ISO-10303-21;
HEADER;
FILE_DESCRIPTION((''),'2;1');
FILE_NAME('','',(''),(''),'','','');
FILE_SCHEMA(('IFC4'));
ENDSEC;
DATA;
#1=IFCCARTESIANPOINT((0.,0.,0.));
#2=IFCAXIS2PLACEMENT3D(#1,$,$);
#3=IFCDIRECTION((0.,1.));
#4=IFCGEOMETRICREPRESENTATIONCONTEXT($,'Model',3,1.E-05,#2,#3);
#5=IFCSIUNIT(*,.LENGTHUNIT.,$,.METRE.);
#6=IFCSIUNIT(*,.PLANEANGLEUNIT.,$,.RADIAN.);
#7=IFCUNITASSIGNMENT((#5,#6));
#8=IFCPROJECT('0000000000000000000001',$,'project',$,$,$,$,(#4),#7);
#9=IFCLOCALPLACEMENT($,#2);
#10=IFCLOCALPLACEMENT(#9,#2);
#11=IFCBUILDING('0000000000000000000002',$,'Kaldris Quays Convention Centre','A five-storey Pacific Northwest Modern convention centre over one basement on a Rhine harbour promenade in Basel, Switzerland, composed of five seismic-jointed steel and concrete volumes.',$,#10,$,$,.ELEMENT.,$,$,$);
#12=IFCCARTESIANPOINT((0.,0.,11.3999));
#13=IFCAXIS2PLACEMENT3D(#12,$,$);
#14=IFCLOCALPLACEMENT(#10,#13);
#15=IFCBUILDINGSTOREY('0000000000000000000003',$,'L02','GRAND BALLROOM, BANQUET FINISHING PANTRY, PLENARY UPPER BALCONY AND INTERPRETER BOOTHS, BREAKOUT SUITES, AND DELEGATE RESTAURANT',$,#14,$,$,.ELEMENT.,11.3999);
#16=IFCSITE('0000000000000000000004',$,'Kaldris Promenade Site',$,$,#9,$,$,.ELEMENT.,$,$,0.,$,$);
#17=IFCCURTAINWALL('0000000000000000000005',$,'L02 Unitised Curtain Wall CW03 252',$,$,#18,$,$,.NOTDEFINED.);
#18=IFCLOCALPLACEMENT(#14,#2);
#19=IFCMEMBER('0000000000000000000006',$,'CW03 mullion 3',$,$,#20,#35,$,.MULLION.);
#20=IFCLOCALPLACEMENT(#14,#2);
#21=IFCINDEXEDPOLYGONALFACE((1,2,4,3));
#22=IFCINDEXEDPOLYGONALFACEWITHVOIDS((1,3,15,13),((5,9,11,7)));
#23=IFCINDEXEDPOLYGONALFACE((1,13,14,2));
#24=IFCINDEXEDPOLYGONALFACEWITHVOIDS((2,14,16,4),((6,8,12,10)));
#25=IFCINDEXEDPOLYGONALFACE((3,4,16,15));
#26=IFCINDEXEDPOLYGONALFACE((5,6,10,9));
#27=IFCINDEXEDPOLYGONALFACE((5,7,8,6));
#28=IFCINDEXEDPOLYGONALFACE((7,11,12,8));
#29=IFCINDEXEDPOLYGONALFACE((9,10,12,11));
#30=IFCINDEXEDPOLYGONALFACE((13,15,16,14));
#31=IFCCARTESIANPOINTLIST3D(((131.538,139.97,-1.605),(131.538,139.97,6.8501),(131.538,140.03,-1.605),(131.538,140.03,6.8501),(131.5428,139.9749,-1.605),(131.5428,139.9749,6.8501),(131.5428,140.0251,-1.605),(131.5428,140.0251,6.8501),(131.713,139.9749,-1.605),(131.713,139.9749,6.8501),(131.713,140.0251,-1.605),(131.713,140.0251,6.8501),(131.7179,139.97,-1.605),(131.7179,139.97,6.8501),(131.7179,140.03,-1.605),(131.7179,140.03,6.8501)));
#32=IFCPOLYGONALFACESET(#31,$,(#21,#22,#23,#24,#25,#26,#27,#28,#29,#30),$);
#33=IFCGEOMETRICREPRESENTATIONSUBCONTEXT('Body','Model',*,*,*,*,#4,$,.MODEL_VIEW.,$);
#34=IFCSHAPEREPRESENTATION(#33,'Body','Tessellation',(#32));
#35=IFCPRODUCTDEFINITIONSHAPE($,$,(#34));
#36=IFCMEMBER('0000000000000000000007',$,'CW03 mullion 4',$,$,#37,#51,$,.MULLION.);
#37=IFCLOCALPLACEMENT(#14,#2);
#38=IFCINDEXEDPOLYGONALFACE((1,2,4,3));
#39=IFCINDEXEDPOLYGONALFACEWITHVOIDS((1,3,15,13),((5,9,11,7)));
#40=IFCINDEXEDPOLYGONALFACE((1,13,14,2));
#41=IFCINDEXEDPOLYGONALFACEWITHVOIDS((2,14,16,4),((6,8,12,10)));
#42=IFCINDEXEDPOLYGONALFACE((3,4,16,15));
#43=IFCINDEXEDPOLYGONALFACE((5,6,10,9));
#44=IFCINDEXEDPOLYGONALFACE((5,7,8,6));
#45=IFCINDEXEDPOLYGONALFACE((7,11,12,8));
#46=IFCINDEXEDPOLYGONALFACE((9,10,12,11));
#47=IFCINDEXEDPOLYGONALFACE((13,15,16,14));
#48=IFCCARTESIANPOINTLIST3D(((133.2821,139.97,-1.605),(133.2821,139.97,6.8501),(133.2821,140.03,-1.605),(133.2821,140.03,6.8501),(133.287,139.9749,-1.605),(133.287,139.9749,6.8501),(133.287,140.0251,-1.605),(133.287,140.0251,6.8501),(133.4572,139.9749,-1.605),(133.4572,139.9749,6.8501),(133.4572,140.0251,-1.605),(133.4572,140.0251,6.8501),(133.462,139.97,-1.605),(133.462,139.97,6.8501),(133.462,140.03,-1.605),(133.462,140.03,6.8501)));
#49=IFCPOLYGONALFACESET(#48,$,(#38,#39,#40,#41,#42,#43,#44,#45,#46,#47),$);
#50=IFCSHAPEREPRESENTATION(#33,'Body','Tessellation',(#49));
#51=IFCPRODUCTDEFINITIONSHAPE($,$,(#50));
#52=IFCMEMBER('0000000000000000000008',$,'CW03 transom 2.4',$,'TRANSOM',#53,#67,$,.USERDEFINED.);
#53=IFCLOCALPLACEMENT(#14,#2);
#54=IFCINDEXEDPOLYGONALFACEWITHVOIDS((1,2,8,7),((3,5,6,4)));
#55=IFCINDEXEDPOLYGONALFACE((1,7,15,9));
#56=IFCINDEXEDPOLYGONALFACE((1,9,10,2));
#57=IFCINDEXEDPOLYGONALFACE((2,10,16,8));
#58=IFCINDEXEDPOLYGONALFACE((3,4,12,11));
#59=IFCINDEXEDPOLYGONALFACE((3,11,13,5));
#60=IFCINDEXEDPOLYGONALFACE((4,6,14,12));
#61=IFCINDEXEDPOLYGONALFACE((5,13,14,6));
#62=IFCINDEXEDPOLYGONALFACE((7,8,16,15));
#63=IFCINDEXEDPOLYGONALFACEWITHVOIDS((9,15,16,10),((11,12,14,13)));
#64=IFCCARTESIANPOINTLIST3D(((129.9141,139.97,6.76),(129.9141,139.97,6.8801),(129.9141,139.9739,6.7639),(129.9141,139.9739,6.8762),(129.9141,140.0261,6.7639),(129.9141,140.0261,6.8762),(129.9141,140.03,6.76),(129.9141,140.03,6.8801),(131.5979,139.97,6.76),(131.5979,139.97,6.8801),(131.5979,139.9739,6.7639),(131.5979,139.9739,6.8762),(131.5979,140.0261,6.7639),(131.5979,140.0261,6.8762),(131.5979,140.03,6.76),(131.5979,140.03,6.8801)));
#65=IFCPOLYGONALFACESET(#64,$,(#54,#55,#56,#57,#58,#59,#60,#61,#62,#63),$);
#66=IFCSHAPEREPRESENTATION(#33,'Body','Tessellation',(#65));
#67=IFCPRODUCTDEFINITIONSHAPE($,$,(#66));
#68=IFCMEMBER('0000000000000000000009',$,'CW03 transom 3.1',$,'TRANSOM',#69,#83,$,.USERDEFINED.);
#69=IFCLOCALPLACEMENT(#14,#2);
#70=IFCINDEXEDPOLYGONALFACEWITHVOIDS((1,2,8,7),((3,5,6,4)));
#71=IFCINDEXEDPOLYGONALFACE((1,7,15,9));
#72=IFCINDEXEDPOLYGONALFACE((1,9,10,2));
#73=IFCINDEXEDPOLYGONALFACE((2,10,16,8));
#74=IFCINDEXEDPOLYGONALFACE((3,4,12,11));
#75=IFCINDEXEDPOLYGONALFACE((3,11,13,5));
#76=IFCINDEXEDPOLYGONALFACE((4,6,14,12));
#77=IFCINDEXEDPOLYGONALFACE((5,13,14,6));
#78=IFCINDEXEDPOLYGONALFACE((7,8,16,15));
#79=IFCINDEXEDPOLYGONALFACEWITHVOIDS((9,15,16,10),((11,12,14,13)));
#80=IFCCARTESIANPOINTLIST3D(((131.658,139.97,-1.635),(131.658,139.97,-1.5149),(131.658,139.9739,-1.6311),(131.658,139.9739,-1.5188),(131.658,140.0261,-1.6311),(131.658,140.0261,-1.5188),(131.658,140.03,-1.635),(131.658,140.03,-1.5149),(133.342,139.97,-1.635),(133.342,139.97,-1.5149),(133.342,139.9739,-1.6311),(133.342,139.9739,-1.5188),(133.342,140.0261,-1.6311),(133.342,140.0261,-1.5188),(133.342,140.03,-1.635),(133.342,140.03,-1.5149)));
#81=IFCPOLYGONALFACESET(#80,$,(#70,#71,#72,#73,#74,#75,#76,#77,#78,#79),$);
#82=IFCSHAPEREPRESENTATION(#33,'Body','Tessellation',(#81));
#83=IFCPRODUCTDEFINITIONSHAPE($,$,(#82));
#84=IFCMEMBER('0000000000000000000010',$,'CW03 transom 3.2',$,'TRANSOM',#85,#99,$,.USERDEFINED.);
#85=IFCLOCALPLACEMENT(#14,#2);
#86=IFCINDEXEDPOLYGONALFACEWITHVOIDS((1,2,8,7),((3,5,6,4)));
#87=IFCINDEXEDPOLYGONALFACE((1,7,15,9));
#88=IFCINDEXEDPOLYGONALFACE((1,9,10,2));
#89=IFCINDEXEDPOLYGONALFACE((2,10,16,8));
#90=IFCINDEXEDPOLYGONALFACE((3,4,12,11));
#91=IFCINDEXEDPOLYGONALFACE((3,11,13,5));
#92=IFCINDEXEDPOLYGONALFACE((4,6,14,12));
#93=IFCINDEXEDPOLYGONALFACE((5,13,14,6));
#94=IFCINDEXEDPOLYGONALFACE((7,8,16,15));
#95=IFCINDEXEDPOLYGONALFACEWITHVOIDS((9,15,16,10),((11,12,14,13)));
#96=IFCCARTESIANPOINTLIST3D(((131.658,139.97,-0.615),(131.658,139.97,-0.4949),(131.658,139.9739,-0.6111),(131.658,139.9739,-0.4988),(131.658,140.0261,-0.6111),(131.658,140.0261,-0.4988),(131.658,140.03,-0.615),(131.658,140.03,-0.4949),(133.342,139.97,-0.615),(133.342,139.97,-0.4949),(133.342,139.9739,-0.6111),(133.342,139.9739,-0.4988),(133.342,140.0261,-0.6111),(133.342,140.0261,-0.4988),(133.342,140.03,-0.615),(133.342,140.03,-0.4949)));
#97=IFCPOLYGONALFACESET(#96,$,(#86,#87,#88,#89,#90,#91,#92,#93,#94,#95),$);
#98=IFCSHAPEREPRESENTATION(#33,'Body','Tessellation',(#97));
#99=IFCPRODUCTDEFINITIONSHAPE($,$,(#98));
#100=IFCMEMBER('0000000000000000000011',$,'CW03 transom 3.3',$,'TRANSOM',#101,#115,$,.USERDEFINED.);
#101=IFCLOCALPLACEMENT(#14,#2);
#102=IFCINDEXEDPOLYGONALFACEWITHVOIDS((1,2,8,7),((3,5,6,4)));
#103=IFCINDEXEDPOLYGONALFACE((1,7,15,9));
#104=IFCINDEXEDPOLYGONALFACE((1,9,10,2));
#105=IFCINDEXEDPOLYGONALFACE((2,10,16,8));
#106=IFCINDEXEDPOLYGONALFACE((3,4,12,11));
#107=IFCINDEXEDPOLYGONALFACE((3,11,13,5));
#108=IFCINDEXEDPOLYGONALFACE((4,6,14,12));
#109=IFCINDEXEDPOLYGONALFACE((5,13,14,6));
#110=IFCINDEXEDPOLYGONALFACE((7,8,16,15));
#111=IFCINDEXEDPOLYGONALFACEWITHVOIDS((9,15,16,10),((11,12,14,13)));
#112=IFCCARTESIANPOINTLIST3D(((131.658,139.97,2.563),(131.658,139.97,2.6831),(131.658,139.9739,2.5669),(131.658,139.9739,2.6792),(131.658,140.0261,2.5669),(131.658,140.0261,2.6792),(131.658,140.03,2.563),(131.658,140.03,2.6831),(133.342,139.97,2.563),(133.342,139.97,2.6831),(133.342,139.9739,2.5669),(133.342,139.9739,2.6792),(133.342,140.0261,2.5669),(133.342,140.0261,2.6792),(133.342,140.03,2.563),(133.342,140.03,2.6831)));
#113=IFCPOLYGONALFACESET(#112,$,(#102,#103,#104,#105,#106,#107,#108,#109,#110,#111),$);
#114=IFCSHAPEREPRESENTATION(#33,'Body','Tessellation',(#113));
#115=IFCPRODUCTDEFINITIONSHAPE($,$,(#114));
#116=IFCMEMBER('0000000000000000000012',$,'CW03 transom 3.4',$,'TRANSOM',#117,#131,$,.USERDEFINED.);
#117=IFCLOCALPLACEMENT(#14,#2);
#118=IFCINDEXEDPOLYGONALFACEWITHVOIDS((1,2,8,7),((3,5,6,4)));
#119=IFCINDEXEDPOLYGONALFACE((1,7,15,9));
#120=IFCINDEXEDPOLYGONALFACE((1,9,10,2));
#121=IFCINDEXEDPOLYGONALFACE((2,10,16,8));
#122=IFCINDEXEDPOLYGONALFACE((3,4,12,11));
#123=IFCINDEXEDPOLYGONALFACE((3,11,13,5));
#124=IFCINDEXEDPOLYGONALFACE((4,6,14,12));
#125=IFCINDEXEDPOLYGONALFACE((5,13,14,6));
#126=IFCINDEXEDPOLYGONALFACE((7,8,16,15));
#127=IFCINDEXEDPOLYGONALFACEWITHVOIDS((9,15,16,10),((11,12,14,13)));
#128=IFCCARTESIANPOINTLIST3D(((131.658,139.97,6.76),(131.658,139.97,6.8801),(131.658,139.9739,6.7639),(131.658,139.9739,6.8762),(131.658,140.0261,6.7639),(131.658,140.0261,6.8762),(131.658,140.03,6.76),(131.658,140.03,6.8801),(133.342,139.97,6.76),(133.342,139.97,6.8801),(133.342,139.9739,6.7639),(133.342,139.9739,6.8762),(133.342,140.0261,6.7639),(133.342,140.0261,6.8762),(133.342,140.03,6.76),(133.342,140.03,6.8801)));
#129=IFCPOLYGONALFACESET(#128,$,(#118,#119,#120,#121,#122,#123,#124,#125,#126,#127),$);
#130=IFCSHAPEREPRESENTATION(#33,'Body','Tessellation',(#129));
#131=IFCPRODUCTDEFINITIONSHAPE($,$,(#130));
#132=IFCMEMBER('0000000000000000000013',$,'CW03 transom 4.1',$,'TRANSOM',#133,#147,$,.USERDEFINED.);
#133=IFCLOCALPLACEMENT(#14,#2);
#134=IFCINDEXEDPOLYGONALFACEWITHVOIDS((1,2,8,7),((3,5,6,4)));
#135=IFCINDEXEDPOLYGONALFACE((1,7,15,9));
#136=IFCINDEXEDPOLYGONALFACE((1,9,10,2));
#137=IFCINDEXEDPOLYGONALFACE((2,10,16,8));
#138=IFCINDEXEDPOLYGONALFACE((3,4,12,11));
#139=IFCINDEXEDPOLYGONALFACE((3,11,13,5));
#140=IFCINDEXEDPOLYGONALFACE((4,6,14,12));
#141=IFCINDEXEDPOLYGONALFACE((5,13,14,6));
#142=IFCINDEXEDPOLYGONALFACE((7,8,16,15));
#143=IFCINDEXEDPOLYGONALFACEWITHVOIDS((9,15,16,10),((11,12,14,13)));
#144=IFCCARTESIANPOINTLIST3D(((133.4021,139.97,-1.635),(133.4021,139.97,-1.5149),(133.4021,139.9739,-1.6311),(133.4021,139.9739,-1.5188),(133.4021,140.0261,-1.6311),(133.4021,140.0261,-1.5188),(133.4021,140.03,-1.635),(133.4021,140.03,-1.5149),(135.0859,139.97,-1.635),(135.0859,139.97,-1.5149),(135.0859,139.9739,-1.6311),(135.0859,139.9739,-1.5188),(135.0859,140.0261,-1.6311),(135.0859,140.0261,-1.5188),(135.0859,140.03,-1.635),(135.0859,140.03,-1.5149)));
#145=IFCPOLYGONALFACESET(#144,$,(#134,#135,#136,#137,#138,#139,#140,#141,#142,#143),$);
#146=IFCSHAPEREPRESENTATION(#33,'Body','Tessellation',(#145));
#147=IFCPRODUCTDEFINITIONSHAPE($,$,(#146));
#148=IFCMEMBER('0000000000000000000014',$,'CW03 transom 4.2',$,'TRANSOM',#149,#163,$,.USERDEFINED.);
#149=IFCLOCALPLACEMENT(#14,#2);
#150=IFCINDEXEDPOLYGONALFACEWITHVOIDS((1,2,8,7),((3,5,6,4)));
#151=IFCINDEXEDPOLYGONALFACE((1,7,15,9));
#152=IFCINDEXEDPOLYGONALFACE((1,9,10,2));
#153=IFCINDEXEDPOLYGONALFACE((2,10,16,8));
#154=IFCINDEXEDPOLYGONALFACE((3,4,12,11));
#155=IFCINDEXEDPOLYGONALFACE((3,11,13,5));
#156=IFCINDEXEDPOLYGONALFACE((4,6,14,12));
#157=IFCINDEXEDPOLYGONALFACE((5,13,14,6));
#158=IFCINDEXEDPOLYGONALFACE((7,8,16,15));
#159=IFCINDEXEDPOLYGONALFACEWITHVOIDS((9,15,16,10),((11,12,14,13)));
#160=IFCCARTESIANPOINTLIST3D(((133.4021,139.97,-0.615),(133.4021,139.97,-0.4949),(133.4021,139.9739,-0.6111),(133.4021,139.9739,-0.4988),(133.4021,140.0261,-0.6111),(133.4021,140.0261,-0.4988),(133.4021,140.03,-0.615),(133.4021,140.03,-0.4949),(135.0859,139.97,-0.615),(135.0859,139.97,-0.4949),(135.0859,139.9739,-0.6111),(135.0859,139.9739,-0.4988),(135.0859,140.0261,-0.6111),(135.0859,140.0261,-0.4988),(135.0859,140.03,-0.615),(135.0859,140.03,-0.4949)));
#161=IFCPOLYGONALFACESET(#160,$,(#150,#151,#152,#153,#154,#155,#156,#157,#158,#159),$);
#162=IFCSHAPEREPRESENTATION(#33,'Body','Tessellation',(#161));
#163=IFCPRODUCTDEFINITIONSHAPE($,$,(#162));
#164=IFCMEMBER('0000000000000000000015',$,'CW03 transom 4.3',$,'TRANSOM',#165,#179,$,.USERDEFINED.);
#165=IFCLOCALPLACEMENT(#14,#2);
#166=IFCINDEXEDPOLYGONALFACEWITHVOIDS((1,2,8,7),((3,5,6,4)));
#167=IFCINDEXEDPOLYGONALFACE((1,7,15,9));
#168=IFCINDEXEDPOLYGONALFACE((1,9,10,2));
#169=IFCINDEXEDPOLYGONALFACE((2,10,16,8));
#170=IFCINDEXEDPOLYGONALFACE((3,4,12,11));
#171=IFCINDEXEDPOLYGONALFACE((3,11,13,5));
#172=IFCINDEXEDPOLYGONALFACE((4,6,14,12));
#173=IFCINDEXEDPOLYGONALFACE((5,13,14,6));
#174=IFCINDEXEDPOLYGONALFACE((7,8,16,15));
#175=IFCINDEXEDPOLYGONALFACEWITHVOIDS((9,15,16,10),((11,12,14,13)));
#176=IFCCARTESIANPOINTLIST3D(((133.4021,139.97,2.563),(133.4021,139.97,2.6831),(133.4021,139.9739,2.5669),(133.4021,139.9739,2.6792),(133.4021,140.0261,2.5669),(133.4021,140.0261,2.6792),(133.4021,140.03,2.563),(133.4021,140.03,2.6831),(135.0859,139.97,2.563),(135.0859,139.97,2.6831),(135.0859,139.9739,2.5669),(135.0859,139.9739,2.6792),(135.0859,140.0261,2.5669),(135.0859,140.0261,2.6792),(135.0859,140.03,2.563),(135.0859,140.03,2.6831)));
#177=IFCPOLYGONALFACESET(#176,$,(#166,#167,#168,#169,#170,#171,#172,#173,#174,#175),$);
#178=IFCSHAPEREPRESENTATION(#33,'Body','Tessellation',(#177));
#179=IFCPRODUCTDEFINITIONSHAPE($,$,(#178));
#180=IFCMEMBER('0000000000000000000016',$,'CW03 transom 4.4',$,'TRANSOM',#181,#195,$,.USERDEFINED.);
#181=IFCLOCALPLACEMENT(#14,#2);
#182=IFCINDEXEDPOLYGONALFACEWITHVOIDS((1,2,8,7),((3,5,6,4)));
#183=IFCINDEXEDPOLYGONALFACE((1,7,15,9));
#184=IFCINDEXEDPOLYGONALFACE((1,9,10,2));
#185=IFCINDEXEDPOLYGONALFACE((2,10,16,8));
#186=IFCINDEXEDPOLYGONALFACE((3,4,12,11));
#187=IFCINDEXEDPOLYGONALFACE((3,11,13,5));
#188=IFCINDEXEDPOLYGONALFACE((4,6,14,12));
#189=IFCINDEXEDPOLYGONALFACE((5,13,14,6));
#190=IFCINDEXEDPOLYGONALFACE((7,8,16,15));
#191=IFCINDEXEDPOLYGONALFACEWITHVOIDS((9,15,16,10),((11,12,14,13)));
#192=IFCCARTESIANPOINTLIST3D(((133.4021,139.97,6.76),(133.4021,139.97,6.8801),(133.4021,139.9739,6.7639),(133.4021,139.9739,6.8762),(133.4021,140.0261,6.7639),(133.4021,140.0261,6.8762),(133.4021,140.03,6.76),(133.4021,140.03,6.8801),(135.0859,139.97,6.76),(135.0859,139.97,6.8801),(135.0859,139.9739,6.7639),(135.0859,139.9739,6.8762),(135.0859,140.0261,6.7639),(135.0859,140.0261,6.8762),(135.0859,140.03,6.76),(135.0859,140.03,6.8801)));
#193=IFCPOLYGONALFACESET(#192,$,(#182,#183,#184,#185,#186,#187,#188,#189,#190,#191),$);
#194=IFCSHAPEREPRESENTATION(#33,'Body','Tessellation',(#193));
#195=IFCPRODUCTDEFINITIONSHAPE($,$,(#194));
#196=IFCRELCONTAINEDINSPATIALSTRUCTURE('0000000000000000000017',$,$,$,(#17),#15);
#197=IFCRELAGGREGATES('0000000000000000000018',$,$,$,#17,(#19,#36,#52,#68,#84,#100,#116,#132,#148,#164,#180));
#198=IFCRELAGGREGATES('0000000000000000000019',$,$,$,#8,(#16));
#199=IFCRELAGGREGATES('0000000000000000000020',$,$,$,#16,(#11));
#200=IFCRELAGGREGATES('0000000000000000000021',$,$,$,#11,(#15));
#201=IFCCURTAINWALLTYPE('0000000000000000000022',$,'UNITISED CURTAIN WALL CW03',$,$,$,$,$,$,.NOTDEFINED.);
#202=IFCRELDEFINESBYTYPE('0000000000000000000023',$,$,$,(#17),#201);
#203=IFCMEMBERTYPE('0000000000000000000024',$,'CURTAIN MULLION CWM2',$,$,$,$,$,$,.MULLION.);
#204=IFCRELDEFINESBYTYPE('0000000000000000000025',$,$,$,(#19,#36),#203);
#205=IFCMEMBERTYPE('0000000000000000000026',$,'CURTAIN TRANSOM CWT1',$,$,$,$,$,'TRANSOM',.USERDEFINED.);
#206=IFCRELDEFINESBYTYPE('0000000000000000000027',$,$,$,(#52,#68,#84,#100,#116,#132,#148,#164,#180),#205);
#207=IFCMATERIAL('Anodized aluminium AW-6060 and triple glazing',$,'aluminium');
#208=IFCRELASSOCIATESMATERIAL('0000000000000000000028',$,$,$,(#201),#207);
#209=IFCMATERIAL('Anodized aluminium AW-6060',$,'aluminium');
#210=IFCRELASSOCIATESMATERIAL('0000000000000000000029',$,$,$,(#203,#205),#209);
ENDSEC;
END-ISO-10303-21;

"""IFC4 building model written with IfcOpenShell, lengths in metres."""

from ifc_helpers import new_model, si_unit, direction, frame, origin, origin_2d, place, context, subcontext, project, spatial, hollow_rectangle, extrude, material, material_profile, profile_set, type_object, element, aggregate, save


model = new_model("IFC4")

# Units and contexts
model_context = context("Model", 3, precision=1e-05, world=origin(), true_north=direction((0.0, 1.0)))
body_context = subcontext(model_context, "Body", "Model", "MODEL_VIEW")
ifc_project = project(units=[si_unit("LENGTHUNIT", "METRE"), si_unit("PLANEANGLEUNIT", "RADIAN")], contexts=[model_context])

# Site, building, storey
site_placement = place(None, origin())
site = spatial("IfcSite", under=ifc_project, at=site_placement, Name="Kaldris Promenade Site", CompositionType="ELEMENT", RefElevation=0.0)
building_placement = place(site_placement, origin())
building = spatial("IfcBuilding", under=site, at=building_placement, Name="Kaldris Quays Convention Centre", Description="A five-storey Pacific Northwest Modern convention centre over one basement on a Rhine harbour promenade in Basel, Switzerland, composed of five seismic-jointed steel and concrete volumes.", CompositionType="ELEMENT")
storey_placement = place(building_placement, frame((0.0, 0.0, 11.3999)))
storey = spatial("IfcBuildingStorey", under=building, at=storey_placement, Name="L02", Description="GRAND BALLROOM, BANQUET FINISHING PANTRY, PLENARY UPPER BALCONY AND INTERPRETER BOOTHS, BREAKOUT SUITES, AND DELEGATE RESTAURANT", CompositionType="ELEMENT", Elevation=11.3999)

# Curtain wall, members
ifc_material_1 = material(Name="Anodized aluminium AW-6060 and triple glazing", Category="aluminium")
curtain_wall_type = type_object("IfcCurtainWallType", Name="UNITISED CURTAIN WALL CW03", PredefinedType="NOTDEFINED", material=ifc_material_1)
curtain_wall_placement = place(storey_placement, origin())
curtain_wall = element("IfcCurtainWall", 1, at=curtain_wall_placement, inside=storey, type_object=curtain_wall_type, Name="L02 Unitised Curtain Wall CW03 252", PredefinedType="NOTDEFINED")
ifc_material_2 = material(Name="Anodized aluminium AW-6060", Category="aluminium")
ifc_material_profile_1 = material_profile(ifc_material_2, hollow_rectangle(XDim=0.0601, YDim=0.1799, WallThickness=0.0049, at=origin_2d()), Name="RHS 180x60x5")
ifc_profile_set_1 = profile_set([ifc_material_profile_1], Name="Anodized aluminium AW-6060")
member_type_1 = type_object("IfcMemberType", Name="CURTAIN MULLION CWM2", PredefinedType="MULLION", material=ifc_profile_set_1)
member_1_placement = place(storey_placement, frame((131.6279, 140.0, -1.605), z_axis=(0.0, 0.0, 1.0), x_axis=(0.0, 1.0, 0.0)))
member_1 = element("IfcMember", 2, at=member_1_placement, type_object=member_type_1, Name="CW03 mullion 3", PredefinedType="MULLION", context=body_context, shape_type="SweptSolid", body=[
    extrude(hollow_rectangle(XDim=0.0601, YDim=0.1799, WallThickness=0.0049, at=origin_2d()), origin(), (0.0, 0.0, 1.0), 8.4551),
])
member_2_placement = place(storey_placement, frame((133.3721, 140.0, -1.605), z_axis=(0.0, 0.0, 1.0), x_axis=(0.0, 1.0, 0.0)))
member_2 = element("IfcMember", 3, at=member_2_placement, type_object=member_type_1, Name="CW03 mullion 4", PredefinedType="MULLION", context=body_context, shape_type="SweptSolid", body=[
    extrude(hollow_rectangle(XDim=0.0601, YDim=0.1799, WallThickness=0.0049, at=origin_2d()), origin(), (0.0, 0.0, 1.0), 8.4551),
])
ifc_material_profile_2 = material_profile(ifc_material_2, hollow_rectangle(XDim=0.0601, YDim=0.1201, WallThickness=0.0039, at=origin_2d()), Name="RHS 120x60x4")
ifc_profile_set_2 = profile_set([ifc_material_profile_2], Name="Anodized aluminium AW-6060")
member_type_2 = type_object("IfcMemberType", Name="CURTAIN TRANSOM CWT1", ElementType="TRANSOM", PredefinedType="USERDEFINED", material=ifc_profile_set_2)
member_3_placement = place(storey_placement, frame((129.9141, 140.0, 6.8201), z_axis=(1.0, 0.0, 0.0), x_axis=(0.0, 1.0, 0.0)))
member_3 = element("IfcMember", 4, at=member_3_placement, type_object=member_type_2, Name="CW03 transom 2.4", ObjectType="TRANSOM", PredefinedType="USERDEFINED", context=body_context, shape_type="SweptSolid", body=[
    extrude(hollow_rectangle(XDim=0.0601, YDim=0.1201, WallThickness=0.0039, at=origin_2d()), origin(), (0.0, 0.0, 1.0), 1.6838),
])
member_4_placement = place(storey_placement, frame((131.658, 140.0, -1.575), z_axis=(1.0, 0.0, 0.0), x_axis=(0.0, 1.0, 0.0)))
member_4 = element("IfcMember", 5, at=member_4_placement, type_object=member_type_2, Name="CW03 transom 3.1", ObjectType="TRANSOM", PredefinedType="USERDEFINED", context=body_context, shape_type="SweptSolid", body=[
    extrude(hollow_rectangle(XDim=0.0601, YDim=0.1201, WallThickness=0.0039, at=origin_2d()), origin(), (0.0, 0.0, 1.0), 1.6841),
])
member_5_placement = place(storey_placement, frame((131.658, 140.0, -0.5549), z_axis=(1.0, 0.0, 0.0), x_axis=(0.0, 1.0, 0.0)))
member_5 = element("IfcMember", 6, at=member_5_placement, type_object=member_type_2, Name="CW03 transom 3.2", ObjectType="TRANSOM", PredefinedType="USERDEFINED", context=body_context, shape_type="SweptSolid", body=[
    extrude(hollow_rectangle(XDim=0.0601, YDim=0.1201, WallThickness=0.0039, at=origin_2d()), origin(), (0.0, 0.0, 1.0), 1.6841),
])
member_6_placement = place(storey_placement, frame((131.658, 140.0, 2.623), z_axis=(1.0, 0.0, 0.0), x_axis=(0.0, 1.0, 0.0)))
member_6 = element("IfcMember", 7, at=member_6_placement, type_object=member_type_2, Name="CW03 transom 3.3", ObjectType="TRANSOM", PredefinedType="USERDEFINED", context=body_context, shape_type="SweptSolid", body=[
    extrude(hollow_rectangle(XDim=0.0601, YDim=0.1201, WallThickness=0.0039, at=origin_2d()), origin(), (0.0, 0.0, 1.0), 1.6841),
])
member_7_placement = place(storey_placement, frame((131.658, 140.0, 6.8201), z_axis=(1.0, 0.0, 0.0), x_axis=(0.0, 1.0, 0.0)))
member_7 = element("IfcMember", 8, at=member_7_placement, type_object=member_type_2, Name="CW03 transom 3.4", ObjectType="TRANSOM", PredefinedType="USERDEFINED", context=body_context, shape_type="SweptSolid", body=[
    extrude(hollow_rectangle(XDim=0.0601, YDim=0.1201, WallThickness=0.0039, at=origin_2d()), origin(), (0.0, 0.0, 1.0), 1.6841),
])
member_8_placement = place(storey_placement, frame((133.4021, 140.0, -1.575), z_axis=(1.0, 0.0, 0.0), x_axis=(0.0, 1.0, 0.0)))
member_8 = element("IfcMember", 9, at=member_8_placement, type_object=member_type_2, Name="CW03 transom 4.1", ObjectType="TRANSOM", PredefinedType="USERDEFINED", context=body_context, shape_type="SweptSolid", body=[
    extrude(hollow_rectangle(XDim=0.0601, YDim=0.1201, WallThickness=0.0039, at=origin_2d()), origin(), (0.0, 0.0, 1.0), 1.6838),
])
member_9_placement = place(storey_placement, frame((133.4021, 140.0, -0.5549), z_axis=(1.0, 0.0, 0.0), x_axis=(0.0, 1.0, 0.0)))
member_9 = element("IfcMember", 10, at=member_9_placement, type_object=member_type_2, Name="CW03 transom 4.2", ObjectType="TRANSOM", PredefinedType="USERDEFINED", context=body_context, shape_type="SweptSolid", body=[
    extrude(hollow_rectangle(XDim=0.0601, YDim=0.1201, WallThickness=0.0039, at=origin_2d()), origin(), (0.0, 0.0, 1.0), 1.6838),
])
member_10_placement = place(storey_placement, frame((133.4021, 140.0, 2.623), z_axis=(1.0, 0.0, 0.0), x_axis=(0.0, 1.0, 0.0)))
member_10 = element("IfcMember", 11, at=member_10_placement, type_object=member_type_2, Name="CW03 transom 4.3", ObjectType="TRANSOM", PredefinedType="USERDEFINED", context=body_context, shape_type="SweptSolid", body=[
    extrude(hollow_rectangle(XDim=0.0601, YDim=0.1201, WallThickness=0.0039, at=origin_2d()), origin(), (0.0, 0.0, 1.0), 1.6838),
])
member_11_placement = place(storey_placement, frame((133.4021, 140.0, 6.8201), z_axis=(1.0, 0.0, 0.0), x_axis=(0.0, 1.0, 0.0)))
member_11 = element("IfcMember", 12, at=member_11_placement, type_object=member_type_2, Name="CW03 transom 4.4", ObjectType="TRANSOM", PredefinedType="USERDEFINED", context=body_context, shape_type="SweptSolid", body=[
    extrude(hollow_rectangle(XDim=0.0601, YDim=0.1201, WallThickness=0.0039, at=origin_2d()), origin(), (0.0, 0.0, 1.0), 1.6838),
])

aggregate(curtain_wall, [member_1, member_2, member_3, member_4, member_5, member_6, member_7, member_8, member_9, member_10, member_11])

save(model, "model.ifc")
